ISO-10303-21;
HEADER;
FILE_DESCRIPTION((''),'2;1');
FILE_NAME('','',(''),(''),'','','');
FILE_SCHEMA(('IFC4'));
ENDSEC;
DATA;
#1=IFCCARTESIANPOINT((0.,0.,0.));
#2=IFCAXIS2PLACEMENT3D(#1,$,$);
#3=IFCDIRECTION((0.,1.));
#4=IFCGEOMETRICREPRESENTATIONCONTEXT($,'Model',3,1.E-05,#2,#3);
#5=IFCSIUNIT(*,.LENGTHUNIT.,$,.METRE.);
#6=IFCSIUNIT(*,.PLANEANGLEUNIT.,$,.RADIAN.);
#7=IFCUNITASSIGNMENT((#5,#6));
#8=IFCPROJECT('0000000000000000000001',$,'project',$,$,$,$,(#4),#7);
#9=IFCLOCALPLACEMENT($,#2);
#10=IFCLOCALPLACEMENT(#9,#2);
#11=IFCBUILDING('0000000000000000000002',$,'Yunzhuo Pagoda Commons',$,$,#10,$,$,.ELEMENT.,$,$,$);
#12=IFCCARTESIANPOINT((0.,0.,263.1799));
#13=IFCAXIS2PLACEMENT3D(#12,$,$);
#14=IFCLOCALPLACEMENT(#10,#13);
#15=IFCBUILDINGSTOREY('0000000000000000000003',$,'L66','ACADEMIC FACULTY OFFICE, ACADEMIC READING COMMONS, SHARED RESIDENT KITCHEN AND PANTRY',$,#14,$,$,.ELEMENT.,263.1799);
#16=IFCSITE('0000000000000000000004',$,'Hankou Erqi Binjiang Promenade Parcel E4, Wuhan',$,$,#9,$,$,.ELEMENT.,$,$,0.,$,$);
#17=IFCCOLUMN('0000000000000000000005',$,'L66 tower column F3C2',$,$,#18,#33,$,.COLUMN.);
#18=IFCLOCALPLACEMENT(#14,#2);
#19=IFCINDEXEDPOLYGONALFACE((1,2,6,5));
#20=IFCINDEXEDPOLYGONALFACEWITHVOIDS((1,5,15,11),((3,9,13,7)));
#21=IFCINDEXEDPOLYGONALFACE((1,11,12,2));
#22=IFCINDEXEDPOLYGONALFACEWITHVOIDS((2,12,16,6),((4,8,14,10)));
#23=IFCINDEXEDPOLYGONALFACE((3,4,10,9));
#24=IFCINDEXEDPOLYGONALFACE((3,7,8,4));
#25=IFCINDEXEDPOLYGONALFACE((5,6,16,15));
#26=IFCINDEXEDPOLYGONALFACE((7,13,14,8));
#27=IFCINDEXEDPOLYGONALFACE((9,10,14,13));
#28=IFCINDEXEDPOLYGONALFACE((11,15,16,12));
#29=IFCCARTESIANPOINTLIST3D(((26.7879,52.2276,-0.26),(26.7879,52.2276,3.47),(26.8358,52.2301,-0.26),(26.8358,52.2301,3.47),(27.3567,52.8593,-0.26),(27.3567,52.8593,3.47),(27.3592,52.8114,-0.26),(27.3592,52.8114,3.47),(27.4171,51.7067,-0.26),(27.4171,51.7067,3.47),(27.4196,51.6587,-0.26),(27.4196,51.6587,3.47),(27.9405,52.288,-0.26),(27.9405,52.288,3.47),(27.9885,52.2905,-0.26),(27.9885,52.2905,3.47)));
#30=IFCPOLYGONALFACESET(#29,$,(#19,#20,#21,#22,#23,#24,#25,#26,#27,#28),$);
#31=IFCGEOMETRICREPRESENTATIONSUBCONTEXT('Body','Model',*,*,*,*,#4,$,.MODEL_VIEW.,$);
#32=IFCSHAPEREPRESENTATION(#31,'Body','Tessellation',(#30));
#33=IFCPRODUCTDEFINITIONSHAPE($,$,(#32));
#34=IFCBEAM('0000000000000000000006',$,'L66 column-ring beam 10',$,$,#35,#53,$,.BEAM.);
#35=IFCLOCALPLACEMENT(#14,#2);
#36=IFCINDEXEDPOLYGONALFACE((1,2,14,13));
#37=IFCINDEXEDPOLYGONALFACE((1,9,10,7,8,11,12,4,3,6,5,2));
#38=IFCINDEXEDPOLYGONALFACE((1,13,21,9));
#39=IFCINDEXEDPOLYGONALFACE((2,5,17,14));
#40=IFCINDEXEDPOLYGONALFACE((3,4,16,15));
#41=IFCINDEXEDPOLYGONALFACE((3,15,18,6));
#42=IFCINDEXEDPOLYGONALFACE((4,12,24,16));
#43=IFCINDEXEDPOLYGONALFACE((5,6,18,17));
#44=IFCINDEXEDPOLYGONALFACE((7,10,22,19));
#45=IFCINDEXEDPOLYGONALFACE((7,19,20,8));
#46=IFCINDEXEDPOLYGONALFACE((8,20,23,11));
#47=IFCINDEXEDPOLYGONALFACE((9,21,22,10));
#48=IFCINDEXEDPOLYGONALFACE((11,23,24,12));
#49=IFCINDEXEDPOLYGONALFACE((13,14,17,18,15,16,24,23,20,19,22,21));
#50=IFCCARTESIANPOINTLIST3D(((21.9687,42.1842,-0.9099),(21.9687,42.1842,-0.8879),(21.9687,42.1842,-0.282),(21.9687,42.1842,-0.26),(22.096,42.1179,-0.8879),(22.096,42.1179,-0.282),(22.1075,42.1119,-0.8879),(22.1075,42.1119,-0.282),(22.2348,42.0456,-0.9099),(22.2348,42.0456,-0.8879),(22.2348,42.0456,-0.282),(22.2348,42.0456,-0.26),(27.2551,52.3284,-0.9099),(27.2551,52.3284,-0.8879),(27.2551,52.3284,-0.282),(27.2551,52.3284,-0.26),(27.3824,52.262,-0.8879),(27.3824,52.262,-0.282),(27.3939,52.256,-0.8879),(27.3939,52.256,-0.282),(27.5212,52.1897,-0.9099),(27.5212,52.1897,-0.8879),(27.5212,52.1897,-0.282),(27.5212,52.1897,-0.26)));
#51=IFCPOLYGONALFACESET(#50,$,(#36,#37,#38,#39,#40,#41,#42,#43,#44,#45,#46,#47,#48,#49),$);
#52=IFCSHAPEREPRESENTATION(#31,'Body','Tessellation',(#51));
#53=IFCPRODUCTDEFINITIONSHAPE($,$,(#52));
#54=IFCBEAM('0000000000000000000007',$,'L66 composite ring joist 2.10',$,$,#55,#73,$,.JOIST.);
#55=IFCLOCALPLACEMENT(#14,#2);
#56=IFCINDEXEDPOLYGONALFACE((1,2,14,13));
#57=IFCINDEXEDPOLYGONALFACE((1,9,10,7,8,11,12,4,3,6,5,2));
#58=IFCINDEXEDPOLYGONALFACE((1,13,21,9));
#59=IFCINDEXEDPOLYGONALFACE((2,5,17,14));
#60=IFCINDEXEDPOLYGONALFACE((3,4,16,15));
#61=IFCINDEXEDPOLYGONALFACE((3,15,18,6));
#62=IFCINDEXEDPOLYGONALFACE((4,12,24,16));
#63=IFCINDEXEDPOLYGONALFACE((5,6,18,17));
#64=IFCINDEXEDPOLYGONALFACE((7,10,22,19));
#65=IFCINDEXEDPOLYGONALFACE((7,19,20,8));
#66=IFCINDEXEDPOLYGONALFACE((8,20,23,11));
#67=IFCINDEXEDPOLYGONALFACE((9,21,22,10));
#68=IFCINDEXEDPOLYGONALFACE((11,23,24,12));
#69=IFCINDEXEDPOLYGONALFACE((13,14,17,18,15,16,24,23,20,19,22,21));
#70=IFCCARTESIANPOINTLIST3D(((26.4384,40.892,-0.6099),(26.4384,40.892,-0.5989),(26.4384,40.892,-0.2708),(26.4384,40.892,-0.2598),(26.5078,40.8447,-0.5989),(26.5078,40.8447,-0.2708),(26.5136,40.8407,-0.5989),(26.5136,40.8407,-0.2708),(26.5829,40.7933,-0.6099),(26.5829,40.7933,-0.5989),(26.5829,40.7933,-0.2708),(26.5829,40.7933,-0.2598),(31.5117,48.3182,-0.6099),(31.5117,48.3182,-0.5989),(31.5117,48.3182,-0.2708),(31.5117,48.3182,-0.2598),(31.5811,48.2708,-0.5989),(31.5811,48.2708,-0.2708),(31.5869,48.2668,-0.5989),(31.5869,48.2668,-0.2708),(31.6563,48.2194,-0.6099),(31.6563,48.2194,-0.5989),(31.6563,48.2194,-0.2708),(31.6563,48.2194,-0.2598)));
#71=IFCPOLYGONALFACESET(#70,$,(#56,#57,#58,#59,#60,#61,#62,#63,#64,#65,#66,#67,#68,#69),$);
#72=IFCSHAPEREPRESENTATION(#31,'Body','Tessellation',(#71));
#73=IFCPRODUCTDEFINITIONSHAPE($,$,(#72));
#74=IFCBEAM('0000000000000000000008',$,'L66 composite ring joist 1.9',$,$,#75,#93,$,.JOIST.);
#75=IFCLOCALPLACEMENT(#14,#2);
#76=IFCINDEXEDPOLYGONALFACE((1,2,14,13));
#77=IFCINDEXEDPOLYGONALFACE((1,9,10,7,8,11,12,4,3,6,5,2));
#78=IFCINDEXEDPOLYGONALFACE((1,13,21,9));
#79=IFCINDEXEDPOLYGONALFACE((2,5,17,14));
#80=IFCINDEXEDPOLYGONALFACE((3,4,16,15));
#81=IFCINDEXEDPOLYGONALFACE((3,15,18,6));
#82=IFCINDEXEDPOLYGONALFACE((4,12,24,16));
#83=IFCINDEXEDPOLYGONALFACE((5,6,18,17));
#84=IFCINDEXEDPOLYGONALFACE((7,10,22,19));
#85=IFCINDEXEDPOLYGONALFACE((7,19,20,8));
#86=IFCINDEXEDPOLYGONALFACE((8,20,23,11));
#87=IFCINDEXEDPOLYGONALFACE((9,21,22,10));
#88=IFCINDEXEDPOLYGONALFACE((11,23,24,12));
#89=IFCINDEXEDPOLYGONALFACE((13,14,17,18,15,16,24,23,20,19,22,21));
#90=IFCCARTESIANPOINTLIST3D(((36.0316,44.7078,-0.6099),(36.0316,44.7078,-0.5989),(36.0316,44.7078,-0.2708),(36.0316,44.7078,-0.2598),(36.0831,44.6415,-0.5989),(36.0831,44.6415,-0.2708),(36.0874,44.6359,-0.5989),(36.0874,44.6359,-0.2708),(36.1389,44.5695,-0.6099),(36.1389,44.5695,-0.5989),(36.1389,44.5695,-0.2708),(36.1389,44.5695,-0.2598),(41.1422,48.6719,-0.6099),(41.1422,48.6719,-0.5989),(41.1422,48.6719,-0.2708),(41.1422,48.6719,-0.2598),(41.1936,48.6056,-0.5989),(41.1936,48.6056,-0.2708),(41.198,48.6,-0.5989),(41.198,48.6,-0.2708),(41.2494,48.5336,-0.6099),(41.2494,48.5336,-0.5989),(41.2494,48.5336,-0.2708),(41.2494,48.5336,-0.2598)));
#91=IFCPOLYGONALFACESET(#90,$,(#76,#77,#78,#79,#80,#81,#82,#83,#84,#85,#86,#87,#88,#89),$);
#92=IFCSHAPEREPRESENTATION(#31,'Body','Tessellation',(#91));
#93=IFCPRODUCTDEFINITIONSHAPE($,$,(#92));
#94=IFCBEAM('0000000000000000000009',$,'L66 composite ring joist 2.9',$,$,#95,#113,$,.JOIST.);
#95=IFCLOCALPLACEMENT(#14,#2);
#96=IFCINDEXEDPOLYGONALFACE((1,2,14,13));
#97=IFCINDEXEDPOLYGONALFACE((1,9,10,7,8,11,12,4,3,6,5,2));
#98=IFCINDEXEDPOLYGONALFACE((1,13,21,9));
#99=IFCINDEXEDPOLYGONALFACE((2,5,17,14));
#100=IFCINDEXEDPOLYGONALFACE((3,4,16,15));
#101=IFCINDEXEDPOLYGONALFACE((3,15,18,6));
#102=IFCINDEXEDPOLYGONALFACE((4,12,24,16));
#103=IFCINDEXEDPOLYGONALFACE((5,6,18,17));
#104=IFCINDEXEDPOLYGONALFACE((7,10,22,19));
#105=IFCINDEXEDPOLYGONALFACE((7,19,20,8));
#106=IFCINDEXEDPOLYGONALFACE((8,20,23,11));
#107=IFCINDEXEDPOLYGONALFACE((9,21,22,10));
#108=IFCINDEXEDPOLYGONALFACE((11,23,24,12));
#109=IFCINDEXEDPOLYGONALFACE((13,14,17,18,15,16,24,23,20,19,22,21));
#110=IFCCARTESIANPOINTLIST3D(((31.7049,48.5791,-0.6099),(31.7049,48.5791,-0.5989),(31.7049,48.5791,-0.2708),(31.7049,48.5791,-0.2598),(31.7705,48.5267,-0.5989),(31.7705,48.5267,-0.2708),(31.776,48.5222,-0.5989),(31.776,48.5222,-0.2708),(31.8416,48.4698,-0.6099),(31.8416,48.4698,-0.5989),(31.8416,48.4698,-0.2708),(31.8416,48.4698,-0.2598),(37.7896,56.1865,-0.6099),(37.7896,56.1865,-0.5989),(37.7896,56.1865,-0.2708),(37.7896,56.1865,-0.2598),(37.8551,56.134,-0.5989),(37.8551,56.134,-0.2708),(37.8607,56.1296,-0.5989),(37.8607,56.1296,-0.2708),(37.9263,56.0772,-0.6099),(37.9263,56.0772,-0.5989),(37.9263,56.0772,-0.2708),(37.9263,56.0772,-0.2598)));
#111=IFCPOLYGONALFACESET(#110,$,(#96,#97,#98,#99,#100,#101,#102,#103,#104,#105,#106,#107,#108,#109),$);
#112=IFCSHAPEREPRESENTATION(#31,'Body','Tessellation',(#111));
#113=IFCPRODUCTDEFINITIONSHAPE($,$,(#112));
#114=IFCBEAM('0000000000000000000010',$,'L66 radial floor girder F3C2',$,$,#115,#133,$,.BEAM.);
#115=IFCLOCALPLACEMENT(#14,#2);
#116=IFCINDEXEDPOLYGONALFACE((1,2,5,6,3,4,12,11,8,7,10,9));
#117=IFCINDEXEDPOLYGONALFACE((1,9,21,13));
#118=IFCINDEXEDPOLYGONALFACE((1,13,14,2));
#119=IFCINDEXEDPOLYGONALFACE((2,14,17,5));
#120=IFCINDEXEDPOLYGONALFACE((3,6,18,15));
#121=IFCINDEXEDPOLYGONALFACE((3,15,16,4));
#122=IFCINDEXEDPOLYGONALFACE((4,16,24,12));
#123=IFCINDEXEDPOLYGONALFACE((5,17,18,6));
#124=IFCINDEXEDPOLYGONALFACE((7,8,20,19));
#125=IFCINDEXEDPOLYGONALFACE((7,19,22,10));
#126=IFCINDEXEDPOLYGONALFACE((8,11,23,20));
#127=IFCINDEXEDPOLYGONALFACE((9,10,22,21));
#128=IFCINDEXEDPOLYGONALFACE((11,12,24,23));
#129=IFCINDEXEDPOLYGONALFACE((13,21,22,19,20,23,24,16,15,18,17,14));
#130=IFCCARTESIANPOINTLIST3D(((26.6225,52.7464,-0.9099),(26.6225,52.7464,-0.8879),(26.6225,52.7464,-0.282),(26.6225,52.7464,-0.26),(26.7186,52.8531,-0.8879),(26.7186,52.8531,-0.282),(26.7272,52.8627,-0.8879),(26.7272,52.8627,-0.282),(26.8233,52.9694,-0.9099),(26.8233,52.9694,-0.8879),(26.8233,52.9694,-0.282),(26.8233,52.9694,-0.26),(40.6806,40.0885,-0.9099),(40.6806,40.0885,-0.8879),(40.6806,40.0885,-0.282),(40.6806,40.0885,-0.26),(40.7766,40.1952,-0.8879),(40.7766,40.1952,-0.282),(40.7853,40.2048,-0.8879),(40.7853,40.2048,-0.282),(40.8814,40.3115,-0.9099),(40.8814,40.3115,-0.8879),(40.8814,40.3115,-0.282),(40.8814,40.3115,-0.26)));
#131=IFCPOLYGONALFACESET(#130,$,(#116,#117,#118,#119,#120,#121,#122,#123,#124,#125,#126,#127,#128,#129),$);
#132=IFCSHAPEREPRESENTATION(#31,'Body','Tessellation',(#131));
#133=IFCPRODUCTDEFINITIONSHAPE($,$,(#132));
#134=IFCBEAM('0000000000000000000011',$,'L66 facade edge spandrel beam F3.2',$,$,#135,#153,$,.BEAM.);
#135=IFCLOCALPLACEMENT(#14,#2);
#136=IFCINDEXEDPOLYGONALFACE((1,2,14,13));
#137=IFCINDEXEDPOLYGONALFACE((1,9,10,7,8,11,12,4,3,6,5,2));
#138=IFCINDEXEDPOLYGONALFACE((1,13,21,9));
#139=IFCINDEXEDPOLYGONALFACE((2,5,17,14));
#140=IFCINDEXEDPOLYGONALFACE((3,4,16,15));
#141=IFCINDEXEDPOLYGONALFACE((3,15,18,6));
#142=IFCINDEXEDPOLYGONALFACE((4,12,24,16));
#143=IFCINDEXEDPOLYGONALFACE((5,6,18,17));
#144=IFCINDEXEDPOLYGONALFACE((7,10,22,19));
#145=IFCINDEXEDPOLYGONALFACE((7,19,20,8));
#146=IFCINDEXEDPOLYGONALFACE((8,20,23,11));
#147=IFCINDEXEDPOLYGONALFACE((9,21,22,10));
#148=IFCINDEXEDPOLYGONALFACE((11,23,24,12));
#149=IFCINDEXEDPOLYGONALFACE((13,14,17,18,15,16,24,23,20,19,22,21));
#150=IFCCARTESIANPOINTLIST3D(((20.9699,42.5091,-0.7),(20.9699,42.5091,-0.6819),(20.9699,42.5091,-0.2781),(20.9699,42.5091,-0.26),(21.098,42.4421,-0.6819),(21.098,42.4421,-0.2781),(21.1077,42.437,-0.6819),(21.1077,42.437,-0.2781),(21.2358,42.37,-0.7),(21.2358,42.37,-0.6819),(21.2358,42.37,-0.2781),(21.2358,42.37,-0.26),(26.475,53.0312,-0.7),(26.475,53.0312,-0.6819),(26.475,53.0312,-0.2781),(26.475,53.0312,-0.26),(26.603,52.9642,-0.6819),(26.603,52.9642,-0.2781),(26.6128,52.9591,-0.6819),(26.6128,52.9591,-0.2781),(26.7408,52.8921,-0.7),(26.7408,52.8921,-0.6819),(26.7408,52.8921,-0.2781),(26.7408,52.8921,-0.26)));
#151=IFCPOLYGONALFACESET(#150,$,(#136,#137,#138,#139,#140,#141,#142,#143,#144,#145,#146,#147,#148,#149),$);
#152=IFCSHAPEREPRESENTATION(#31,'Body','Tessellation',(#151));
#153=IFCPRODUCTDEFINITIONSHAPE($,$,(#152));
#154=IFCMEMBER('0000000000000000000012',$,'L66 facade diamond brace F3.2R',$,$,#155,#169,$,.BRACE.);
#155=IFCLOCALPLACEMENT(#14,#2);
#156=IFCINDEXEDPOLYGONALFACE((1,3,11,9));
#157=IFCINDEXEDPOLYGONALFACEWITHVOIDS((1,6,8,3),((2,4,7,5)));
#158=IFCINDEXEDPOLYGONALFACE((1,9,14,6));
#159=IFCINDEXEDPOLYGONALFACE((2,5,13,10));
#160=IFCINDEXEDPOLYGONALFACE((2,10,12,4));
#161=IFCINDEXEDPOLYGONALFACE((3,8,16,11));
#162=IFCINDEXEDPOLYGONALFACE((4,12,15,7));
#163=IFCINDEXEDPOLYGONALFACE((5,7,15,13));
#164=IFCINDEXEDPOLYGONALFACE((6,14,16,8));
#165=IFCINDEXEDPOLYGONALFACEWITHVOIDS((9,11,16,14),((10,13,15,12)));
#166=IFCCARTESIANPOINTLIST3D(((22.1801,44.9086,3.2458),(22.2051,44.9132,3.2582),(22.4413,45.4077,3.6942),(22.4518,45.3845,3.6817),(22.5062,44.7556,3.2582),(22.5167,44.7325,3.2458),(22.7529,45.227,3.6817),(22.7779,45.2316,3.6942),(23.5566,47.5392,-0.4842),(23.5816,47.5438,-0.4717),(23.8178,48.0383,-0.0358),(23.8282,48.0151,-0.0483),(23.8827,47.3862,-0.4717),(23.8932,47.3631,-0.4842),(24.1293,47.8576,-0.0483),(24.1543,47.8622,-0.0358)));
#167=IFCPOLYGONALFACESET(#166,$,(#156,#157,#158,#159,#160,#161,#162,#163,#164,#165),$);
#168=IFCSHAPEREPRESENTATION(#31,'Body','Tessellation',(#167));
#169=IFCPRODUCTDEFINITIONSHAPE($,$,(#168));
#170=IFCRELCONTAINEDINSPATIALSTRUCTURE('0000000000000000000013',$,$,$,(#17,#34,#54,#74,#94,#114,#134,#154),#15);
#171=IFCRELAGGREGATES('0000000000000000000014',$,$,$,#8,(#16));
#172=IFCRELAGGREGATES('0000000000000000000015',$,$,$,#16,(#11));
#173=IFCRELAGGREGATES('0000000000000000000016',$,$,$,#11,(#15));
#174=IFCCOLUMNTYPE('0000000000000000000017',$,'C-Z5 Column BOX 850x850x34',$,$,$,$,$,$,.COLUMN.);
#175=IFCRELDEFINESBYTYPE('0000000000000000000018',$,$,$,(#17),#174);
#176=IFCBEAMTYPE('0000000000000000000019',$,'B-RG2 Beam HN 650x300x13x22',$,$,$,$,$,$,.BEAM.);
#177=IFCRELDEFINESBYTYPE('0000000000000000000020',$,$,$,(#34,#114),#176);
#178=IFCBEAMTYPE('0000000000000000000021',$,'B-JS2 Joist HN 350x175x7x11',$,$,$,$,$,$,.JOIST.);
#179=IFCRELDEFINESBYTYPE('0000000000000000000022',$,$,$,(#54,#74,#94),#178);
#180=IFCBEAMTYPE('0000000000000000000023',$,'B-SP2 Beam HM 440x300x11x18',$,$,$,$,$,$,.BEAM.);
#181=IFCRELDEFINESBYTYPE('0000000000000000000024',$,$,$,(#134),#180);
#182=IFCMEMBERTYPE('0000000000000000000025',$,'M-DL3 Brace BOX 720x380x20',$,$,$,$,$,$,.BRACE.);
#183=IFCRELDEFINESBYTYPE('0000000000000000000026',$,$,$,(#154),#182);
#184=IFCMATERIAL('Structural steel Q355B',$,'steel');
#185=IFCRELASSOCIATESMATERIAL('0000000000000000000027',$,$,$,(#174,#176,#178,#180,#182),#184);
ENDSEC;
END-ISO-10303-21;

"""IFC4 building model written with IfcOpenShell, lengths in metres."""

from ifc_helpers import new_model, si_unit, direction, frame, origin, origin_2d, place, context, subcontext, project, spatial, hollow_rectangle, i_section, extrude, source, transform, mapped, material, material_profile, profile_set, type_object, element, save


model = new_model("IFC4")

# Units and contexts
model_context = context("Model", 3, precision=1e-05, world=origin(), true_north=direction((0.0, 1.0)))
body_context = subcontext(model_context, "Body", "Model", "MODEL_VIEW")
ifc_project = project(units=[si_unit("LENGTHUNIT", "METRE"), si_unit("PLANEANGLEUNIT", "RADIAN")], contexts=[model_context])

# Site, building, storey
site_placement = place(None, origin())
site = spatial("IfcSite", under=ifc_project, at=site_placement, Name="Hankou Erqi Binjiang Promenade Parcel E4, Wuhan", CompositionType="ELEMENT", RefElevation=0.0)
building_placement = place(site_placement, origin())
building = spatial("IfcBuilding", under=site, at=building_placement, Name="Yunzhuo Pagoda Commons", CompositionType="ELEMENT")
storey_placement = place(building_placement, frame((0.0, 0.0, 263.1799)))
storey = spatial("IfcBuildingStorey", under=building, at=storey_placement, Name="L66", Description="ACADEMIC FACULTY OFFICE, ACADEMIC READING COMMONS, SHARED RESIDENT KITCHEN AND PANTRY", CompositionType="ELEMENT", Elevation=263.1799)

# Column
ifc_material_1 = material(Name="Structural steel Q355B", Category="steel")
ifc_material_profile_1 = material_profile(ifc_material_1, hollow_rectangle(XDim=0.8501, YDim=0.8501, WallThickness=0.0339, at=origin_2d()), Name="Structural steel Q355B")
ifc_profile_set_1 = profile_set([ifc_material_profile_1], Name="Structural steel Q355B")
column_type = type_object("IfcColumnType", Name="C-Z5 Column BOX 850x850x34", PredefinedType="COLUMN", material=ifc_profile_set_1)
shared_shape_1 = source(origin(), body_context, "Body", "SweptSolid", [
    extrude(hollow_rectangle(XDim=0.8501, YDim=0.8501, WallThickness=0.0339, at=origin_2d()), origin(), (0.0, 0.0, 1.0), 3.73),
])
column_placement = place(storey_placement, frame((27.3882, 52.259, -0.26), z_axis=(0.0, 0.0, 1.0), x_axis=(-0.669131, -0.743145, 0.0)))
element("IfcColumn", 1, at=column_placement, inside=storey, type_object=column_type, Name="L66 tower column F3C2", PredefinedType="COLUMN", context=body_context, shape_type="MappedRepresentation", body=[
    mapped(shared_shape_1, transform((0.0, 0.0, 0.0), scale=1.0)),
])

# Beams
ifc_material_profile_2 = material_profile(ifc_material_1, i_section(OverallWidth=0.3, OverallDepth=0.6499, WebThickness=0.0129, FlangeThickness=0.022, at=origin_2d()), Name="Structural steel Q355B")
ifc_profile_set_2 = profile_set([ifc_material_profile_2], Name="Structural steel Q355B")
beam_type_1 = type_object("IfcBeamType", Name="B-RG2 Beam HN 650x300x13x22", PredefinedType="BEAM", material=ifc_profile_set_2)
shared_shape_2 = source(origin(), body_context, "Body", "SweptSolid", [
    extrude(i_section(OverallWidth=0.3, OverallDepth=0.6499, WebThickness=0.0129, FlangeThickness=0.022, at=origin_2d()), origin(), (0.0, 0.0, 1.0), 11.439),
])
beam_1_placement = place(storey_placement, frame((27.3882, 52.259, -0.585), z_axis=(-0.462142, -0.886806, 0.0), x_axis=(0.886806, -0.462142, 0.0)))
element("IfcBeam", 2, at=beam_1_placement, inside=storey, type_object=beam_type_1, Name="L66 column-ring beam 10", PredefinedType="BEAM", context=body_context, shape_type="MappedRepresentation", body=[
    mapped(shared_shape_2, transform((0.0, 0.0, 0.0), scale=1.0)),
])
ifc_material_profile_3 = material_profile(ifc_material_1, i_section(OverallWidth=0.175, OverallDepth=0.3501, WebThickness=0.0071, FlangeThickness=0.011, at=origin_2d()), Name="Structural steel Q355B")
ifc_profile_set_3 = profile_set([ifc_material_profile_3], Name="Structural steel Q355B")
beam_type_2 = type_object("IfcBeamType", Name="B-JS2 Joist HN 350x175x7x11", PredefinedType="JOIST", material=ifc_profile_set_3)
shared_shape_3 = source(origin(), body_context, "Body", "SweptSolid", [
    extrude(i_section(OverallWidth=0.175, OverallDepth=0.3501, WebThickness=0.0071, FlangeThickness=0.011, at=origin_2d()), origin(), (0.0, 0.0, 1.0), 8.9937),
])
beam_2_placement = place(storey_placement, frame((31.584, 48.2688, -0.4348), z_axis=(-0.564099, -0.825707, 0.0), x_axis=(0.825707, -0.564099, 0.0)))
element("IfcBeam", 3, at=beam_2_placement, inside=storey, type_object=beam_type_2, Name="L66 composite ring joist 2.10", PredefinedType="JOIST", context=body_context, shape_type="MappedRepresentation", body=[
    mapped(shared_shape_3, transform((0.0, 0.0, 0.0), scale=1.0)),
])
shared_shape_4 = source(origin(), body_context, "Body", "SweptSolid", [
    extrude(i_section(OverallWidth=0.175, OverallDepth=0.3501, WebThickness=0.0071, FlangeThickness=0.011, at=origin_2d()), origin(), (0.0, 0.0, 1.0), 6.4678),
])
beam_3_placement = place(storey_placement, frame((41.1958, 48.6028, -0.4348), z_axis=(-0.79016, -0.6129, 0.0), x_axis=(0.6129, -0.79016, 0.0)))
element("IfcBeam", 4, at=beam_3_placement, inside=storey, type_object=beam_type_2, Name="L66 composite ring joist 1.9", PredefinedType="JOIST", context=body_context, shape_type="MappedRepresentation", body=[
    mapped(shared_shape_4, transform((0.0, 0.0, 0.0), scale=1.0)),
])
shared_shape_5 = source(origin(), body_context, "Body", "SweptSolid", [
    extrude(i_section(OverallWidth=0.175, OverallDepth=0.3501, WebThickness=0.0071, FlangeThickness=0.011, at=origin_2d()), origin(), (0.0, 0.0, 1.0), 9.7415),
])
beam_4_placement = place(storey_placement, frame((37.8579, 56.1318, -0.4348), z_axis=(-0.624619, -0.78093, 0.0), x_axis=(0.78093, -0.624619, 0.0)))
element("IfcBeam", 5, at=beam_4_placement, inside=storey, type_object=beam_type_2, Name="L66 composite ring joist 2.9", PredefinedType="JOIST", context=body_context, shape_type="MappedRepresentation", body=[
    mapped(shared_shape_5, transform((0.0, 0.0, 0.0), scale=1.0)),
])
shared_shape_6 = source(origin(), body_context, "Body", "SweptSolid", [
    extrude(i_section(OverallWidth=0.3, OverallDepth=0.6499, WebThickness=0.0129, FlangeThickness=0.022, at=origin_2d()), origin(), (0.0, 0.0, 1.0), 18.917),
])
beam_5_placement = place(storey_placement, frame((26.7229, 52.8579, -0.585), z_axis=(0.743145, -0.66913, 0.0), x_axis=(0.66913, 0.743145, 0.0)))
element("IfcBeam", 6, at=beam_5_placement, inside=storey, type_object=beam_type_1, Name="L66 radial floor girder F3C2", PredefinedType="BEAM", context=body_context, shape_type="MappedRepresentation", body=[
    mapped(shared_shape_6, transform((0.0, 0.0, 0.0), scale=1.0)),
])
ifc_material_profile_4 = material_profile(ifc_material_1, i_section(OverallWidth=0.3, OverallDepth=0.4399, WebThickness=0.011, FlangeThickness=0.0181, at=origin_2d()), Name="Structural steel Q355B")
ifc_profile_set_4 = profile_set([ifc_material_profile_4], Name="Structural steel Q355B")
beam_type_3 = type_object("IfcBeamType", Name="B-SP2 Beam HM 440x300x11x18", PredefinedType="BEAM", material=ifc_profile_set_4)
shared_shape_7 = source(origin(), body_context, "Body", "SweptSolid", [
    extrude(i_section(OverallWidth=0.3, OverallDepth=0.4399, WebThickness=0.011, FlangeThickness=0.0181, at=origin_2d()), origin(), (0.0, 0.0, 1.0), 11.8752),
])
beam_6_placement = place(storey_placement, frame((26.6079, 52.9617, -0.48), z_axis=(-0.463577, -0.886057, 0.0), x_axis=(0.886057, -0.463577, 0.0)))
element("IfcBeam", 7, at=beam_6_placement, inside=storey, type_object=beam_type_3, Name="L66 facade edge spandrel beam F3.2", PredefinedType="BEAM", context=body_context, shape_type="MappedRepresentation", body=[
    mapped(shared_shape_7, transform((0.0, 0.0, 0.0), scale=1.0)),
])

# Member
ifc_material_profile_5 = material_profile(ifc_material_1, hollow_rectangle(XDim=0.3799, YDim=0.72, WallThickness=0.02, at=origin_2d()), Name="Structural steel Q355B")
ifc_profile_set_5 = profile_set([ifc_material_profile_5], Name="Structural steel Q355B")
member_type_1 = type_object("IfcMemberType", Name="M-DL3 Brace BOX 720x380x20", PredefinedType="BRACE", material=ifc_profile_set_5)
shared_shape_8 = source(origin(), body_context, "Body", "SweptSolid", [
    extrude(hollow_rectangle(XDim=0.3799, YDim=0.72, WallThickness=0.02, at=origin_2d()), origin(), (0.0, 0.0, 1.0), 4.7673),
])
member_1_placement = place(storey_placement, frame((23.8555, 47.7007, -0.26), z_axis=(-0.288728, -0.551799, 0.782403), x_axis=(0.886036, -0.463617, 0.0)))
element("IfcMember", 8, at=member_1_placement, inside=storey, type_object=member_type_1, Name="L66 facade diamond brace F3.2R", PredefinedType="BRACE", context=body_context, shape_type="MappedRepresentation", body=[
    mapped(shared_shape_8, transform((0.0, 0.0, 0.0), scale=1.0)),
])

save(model, "model.ifc")
